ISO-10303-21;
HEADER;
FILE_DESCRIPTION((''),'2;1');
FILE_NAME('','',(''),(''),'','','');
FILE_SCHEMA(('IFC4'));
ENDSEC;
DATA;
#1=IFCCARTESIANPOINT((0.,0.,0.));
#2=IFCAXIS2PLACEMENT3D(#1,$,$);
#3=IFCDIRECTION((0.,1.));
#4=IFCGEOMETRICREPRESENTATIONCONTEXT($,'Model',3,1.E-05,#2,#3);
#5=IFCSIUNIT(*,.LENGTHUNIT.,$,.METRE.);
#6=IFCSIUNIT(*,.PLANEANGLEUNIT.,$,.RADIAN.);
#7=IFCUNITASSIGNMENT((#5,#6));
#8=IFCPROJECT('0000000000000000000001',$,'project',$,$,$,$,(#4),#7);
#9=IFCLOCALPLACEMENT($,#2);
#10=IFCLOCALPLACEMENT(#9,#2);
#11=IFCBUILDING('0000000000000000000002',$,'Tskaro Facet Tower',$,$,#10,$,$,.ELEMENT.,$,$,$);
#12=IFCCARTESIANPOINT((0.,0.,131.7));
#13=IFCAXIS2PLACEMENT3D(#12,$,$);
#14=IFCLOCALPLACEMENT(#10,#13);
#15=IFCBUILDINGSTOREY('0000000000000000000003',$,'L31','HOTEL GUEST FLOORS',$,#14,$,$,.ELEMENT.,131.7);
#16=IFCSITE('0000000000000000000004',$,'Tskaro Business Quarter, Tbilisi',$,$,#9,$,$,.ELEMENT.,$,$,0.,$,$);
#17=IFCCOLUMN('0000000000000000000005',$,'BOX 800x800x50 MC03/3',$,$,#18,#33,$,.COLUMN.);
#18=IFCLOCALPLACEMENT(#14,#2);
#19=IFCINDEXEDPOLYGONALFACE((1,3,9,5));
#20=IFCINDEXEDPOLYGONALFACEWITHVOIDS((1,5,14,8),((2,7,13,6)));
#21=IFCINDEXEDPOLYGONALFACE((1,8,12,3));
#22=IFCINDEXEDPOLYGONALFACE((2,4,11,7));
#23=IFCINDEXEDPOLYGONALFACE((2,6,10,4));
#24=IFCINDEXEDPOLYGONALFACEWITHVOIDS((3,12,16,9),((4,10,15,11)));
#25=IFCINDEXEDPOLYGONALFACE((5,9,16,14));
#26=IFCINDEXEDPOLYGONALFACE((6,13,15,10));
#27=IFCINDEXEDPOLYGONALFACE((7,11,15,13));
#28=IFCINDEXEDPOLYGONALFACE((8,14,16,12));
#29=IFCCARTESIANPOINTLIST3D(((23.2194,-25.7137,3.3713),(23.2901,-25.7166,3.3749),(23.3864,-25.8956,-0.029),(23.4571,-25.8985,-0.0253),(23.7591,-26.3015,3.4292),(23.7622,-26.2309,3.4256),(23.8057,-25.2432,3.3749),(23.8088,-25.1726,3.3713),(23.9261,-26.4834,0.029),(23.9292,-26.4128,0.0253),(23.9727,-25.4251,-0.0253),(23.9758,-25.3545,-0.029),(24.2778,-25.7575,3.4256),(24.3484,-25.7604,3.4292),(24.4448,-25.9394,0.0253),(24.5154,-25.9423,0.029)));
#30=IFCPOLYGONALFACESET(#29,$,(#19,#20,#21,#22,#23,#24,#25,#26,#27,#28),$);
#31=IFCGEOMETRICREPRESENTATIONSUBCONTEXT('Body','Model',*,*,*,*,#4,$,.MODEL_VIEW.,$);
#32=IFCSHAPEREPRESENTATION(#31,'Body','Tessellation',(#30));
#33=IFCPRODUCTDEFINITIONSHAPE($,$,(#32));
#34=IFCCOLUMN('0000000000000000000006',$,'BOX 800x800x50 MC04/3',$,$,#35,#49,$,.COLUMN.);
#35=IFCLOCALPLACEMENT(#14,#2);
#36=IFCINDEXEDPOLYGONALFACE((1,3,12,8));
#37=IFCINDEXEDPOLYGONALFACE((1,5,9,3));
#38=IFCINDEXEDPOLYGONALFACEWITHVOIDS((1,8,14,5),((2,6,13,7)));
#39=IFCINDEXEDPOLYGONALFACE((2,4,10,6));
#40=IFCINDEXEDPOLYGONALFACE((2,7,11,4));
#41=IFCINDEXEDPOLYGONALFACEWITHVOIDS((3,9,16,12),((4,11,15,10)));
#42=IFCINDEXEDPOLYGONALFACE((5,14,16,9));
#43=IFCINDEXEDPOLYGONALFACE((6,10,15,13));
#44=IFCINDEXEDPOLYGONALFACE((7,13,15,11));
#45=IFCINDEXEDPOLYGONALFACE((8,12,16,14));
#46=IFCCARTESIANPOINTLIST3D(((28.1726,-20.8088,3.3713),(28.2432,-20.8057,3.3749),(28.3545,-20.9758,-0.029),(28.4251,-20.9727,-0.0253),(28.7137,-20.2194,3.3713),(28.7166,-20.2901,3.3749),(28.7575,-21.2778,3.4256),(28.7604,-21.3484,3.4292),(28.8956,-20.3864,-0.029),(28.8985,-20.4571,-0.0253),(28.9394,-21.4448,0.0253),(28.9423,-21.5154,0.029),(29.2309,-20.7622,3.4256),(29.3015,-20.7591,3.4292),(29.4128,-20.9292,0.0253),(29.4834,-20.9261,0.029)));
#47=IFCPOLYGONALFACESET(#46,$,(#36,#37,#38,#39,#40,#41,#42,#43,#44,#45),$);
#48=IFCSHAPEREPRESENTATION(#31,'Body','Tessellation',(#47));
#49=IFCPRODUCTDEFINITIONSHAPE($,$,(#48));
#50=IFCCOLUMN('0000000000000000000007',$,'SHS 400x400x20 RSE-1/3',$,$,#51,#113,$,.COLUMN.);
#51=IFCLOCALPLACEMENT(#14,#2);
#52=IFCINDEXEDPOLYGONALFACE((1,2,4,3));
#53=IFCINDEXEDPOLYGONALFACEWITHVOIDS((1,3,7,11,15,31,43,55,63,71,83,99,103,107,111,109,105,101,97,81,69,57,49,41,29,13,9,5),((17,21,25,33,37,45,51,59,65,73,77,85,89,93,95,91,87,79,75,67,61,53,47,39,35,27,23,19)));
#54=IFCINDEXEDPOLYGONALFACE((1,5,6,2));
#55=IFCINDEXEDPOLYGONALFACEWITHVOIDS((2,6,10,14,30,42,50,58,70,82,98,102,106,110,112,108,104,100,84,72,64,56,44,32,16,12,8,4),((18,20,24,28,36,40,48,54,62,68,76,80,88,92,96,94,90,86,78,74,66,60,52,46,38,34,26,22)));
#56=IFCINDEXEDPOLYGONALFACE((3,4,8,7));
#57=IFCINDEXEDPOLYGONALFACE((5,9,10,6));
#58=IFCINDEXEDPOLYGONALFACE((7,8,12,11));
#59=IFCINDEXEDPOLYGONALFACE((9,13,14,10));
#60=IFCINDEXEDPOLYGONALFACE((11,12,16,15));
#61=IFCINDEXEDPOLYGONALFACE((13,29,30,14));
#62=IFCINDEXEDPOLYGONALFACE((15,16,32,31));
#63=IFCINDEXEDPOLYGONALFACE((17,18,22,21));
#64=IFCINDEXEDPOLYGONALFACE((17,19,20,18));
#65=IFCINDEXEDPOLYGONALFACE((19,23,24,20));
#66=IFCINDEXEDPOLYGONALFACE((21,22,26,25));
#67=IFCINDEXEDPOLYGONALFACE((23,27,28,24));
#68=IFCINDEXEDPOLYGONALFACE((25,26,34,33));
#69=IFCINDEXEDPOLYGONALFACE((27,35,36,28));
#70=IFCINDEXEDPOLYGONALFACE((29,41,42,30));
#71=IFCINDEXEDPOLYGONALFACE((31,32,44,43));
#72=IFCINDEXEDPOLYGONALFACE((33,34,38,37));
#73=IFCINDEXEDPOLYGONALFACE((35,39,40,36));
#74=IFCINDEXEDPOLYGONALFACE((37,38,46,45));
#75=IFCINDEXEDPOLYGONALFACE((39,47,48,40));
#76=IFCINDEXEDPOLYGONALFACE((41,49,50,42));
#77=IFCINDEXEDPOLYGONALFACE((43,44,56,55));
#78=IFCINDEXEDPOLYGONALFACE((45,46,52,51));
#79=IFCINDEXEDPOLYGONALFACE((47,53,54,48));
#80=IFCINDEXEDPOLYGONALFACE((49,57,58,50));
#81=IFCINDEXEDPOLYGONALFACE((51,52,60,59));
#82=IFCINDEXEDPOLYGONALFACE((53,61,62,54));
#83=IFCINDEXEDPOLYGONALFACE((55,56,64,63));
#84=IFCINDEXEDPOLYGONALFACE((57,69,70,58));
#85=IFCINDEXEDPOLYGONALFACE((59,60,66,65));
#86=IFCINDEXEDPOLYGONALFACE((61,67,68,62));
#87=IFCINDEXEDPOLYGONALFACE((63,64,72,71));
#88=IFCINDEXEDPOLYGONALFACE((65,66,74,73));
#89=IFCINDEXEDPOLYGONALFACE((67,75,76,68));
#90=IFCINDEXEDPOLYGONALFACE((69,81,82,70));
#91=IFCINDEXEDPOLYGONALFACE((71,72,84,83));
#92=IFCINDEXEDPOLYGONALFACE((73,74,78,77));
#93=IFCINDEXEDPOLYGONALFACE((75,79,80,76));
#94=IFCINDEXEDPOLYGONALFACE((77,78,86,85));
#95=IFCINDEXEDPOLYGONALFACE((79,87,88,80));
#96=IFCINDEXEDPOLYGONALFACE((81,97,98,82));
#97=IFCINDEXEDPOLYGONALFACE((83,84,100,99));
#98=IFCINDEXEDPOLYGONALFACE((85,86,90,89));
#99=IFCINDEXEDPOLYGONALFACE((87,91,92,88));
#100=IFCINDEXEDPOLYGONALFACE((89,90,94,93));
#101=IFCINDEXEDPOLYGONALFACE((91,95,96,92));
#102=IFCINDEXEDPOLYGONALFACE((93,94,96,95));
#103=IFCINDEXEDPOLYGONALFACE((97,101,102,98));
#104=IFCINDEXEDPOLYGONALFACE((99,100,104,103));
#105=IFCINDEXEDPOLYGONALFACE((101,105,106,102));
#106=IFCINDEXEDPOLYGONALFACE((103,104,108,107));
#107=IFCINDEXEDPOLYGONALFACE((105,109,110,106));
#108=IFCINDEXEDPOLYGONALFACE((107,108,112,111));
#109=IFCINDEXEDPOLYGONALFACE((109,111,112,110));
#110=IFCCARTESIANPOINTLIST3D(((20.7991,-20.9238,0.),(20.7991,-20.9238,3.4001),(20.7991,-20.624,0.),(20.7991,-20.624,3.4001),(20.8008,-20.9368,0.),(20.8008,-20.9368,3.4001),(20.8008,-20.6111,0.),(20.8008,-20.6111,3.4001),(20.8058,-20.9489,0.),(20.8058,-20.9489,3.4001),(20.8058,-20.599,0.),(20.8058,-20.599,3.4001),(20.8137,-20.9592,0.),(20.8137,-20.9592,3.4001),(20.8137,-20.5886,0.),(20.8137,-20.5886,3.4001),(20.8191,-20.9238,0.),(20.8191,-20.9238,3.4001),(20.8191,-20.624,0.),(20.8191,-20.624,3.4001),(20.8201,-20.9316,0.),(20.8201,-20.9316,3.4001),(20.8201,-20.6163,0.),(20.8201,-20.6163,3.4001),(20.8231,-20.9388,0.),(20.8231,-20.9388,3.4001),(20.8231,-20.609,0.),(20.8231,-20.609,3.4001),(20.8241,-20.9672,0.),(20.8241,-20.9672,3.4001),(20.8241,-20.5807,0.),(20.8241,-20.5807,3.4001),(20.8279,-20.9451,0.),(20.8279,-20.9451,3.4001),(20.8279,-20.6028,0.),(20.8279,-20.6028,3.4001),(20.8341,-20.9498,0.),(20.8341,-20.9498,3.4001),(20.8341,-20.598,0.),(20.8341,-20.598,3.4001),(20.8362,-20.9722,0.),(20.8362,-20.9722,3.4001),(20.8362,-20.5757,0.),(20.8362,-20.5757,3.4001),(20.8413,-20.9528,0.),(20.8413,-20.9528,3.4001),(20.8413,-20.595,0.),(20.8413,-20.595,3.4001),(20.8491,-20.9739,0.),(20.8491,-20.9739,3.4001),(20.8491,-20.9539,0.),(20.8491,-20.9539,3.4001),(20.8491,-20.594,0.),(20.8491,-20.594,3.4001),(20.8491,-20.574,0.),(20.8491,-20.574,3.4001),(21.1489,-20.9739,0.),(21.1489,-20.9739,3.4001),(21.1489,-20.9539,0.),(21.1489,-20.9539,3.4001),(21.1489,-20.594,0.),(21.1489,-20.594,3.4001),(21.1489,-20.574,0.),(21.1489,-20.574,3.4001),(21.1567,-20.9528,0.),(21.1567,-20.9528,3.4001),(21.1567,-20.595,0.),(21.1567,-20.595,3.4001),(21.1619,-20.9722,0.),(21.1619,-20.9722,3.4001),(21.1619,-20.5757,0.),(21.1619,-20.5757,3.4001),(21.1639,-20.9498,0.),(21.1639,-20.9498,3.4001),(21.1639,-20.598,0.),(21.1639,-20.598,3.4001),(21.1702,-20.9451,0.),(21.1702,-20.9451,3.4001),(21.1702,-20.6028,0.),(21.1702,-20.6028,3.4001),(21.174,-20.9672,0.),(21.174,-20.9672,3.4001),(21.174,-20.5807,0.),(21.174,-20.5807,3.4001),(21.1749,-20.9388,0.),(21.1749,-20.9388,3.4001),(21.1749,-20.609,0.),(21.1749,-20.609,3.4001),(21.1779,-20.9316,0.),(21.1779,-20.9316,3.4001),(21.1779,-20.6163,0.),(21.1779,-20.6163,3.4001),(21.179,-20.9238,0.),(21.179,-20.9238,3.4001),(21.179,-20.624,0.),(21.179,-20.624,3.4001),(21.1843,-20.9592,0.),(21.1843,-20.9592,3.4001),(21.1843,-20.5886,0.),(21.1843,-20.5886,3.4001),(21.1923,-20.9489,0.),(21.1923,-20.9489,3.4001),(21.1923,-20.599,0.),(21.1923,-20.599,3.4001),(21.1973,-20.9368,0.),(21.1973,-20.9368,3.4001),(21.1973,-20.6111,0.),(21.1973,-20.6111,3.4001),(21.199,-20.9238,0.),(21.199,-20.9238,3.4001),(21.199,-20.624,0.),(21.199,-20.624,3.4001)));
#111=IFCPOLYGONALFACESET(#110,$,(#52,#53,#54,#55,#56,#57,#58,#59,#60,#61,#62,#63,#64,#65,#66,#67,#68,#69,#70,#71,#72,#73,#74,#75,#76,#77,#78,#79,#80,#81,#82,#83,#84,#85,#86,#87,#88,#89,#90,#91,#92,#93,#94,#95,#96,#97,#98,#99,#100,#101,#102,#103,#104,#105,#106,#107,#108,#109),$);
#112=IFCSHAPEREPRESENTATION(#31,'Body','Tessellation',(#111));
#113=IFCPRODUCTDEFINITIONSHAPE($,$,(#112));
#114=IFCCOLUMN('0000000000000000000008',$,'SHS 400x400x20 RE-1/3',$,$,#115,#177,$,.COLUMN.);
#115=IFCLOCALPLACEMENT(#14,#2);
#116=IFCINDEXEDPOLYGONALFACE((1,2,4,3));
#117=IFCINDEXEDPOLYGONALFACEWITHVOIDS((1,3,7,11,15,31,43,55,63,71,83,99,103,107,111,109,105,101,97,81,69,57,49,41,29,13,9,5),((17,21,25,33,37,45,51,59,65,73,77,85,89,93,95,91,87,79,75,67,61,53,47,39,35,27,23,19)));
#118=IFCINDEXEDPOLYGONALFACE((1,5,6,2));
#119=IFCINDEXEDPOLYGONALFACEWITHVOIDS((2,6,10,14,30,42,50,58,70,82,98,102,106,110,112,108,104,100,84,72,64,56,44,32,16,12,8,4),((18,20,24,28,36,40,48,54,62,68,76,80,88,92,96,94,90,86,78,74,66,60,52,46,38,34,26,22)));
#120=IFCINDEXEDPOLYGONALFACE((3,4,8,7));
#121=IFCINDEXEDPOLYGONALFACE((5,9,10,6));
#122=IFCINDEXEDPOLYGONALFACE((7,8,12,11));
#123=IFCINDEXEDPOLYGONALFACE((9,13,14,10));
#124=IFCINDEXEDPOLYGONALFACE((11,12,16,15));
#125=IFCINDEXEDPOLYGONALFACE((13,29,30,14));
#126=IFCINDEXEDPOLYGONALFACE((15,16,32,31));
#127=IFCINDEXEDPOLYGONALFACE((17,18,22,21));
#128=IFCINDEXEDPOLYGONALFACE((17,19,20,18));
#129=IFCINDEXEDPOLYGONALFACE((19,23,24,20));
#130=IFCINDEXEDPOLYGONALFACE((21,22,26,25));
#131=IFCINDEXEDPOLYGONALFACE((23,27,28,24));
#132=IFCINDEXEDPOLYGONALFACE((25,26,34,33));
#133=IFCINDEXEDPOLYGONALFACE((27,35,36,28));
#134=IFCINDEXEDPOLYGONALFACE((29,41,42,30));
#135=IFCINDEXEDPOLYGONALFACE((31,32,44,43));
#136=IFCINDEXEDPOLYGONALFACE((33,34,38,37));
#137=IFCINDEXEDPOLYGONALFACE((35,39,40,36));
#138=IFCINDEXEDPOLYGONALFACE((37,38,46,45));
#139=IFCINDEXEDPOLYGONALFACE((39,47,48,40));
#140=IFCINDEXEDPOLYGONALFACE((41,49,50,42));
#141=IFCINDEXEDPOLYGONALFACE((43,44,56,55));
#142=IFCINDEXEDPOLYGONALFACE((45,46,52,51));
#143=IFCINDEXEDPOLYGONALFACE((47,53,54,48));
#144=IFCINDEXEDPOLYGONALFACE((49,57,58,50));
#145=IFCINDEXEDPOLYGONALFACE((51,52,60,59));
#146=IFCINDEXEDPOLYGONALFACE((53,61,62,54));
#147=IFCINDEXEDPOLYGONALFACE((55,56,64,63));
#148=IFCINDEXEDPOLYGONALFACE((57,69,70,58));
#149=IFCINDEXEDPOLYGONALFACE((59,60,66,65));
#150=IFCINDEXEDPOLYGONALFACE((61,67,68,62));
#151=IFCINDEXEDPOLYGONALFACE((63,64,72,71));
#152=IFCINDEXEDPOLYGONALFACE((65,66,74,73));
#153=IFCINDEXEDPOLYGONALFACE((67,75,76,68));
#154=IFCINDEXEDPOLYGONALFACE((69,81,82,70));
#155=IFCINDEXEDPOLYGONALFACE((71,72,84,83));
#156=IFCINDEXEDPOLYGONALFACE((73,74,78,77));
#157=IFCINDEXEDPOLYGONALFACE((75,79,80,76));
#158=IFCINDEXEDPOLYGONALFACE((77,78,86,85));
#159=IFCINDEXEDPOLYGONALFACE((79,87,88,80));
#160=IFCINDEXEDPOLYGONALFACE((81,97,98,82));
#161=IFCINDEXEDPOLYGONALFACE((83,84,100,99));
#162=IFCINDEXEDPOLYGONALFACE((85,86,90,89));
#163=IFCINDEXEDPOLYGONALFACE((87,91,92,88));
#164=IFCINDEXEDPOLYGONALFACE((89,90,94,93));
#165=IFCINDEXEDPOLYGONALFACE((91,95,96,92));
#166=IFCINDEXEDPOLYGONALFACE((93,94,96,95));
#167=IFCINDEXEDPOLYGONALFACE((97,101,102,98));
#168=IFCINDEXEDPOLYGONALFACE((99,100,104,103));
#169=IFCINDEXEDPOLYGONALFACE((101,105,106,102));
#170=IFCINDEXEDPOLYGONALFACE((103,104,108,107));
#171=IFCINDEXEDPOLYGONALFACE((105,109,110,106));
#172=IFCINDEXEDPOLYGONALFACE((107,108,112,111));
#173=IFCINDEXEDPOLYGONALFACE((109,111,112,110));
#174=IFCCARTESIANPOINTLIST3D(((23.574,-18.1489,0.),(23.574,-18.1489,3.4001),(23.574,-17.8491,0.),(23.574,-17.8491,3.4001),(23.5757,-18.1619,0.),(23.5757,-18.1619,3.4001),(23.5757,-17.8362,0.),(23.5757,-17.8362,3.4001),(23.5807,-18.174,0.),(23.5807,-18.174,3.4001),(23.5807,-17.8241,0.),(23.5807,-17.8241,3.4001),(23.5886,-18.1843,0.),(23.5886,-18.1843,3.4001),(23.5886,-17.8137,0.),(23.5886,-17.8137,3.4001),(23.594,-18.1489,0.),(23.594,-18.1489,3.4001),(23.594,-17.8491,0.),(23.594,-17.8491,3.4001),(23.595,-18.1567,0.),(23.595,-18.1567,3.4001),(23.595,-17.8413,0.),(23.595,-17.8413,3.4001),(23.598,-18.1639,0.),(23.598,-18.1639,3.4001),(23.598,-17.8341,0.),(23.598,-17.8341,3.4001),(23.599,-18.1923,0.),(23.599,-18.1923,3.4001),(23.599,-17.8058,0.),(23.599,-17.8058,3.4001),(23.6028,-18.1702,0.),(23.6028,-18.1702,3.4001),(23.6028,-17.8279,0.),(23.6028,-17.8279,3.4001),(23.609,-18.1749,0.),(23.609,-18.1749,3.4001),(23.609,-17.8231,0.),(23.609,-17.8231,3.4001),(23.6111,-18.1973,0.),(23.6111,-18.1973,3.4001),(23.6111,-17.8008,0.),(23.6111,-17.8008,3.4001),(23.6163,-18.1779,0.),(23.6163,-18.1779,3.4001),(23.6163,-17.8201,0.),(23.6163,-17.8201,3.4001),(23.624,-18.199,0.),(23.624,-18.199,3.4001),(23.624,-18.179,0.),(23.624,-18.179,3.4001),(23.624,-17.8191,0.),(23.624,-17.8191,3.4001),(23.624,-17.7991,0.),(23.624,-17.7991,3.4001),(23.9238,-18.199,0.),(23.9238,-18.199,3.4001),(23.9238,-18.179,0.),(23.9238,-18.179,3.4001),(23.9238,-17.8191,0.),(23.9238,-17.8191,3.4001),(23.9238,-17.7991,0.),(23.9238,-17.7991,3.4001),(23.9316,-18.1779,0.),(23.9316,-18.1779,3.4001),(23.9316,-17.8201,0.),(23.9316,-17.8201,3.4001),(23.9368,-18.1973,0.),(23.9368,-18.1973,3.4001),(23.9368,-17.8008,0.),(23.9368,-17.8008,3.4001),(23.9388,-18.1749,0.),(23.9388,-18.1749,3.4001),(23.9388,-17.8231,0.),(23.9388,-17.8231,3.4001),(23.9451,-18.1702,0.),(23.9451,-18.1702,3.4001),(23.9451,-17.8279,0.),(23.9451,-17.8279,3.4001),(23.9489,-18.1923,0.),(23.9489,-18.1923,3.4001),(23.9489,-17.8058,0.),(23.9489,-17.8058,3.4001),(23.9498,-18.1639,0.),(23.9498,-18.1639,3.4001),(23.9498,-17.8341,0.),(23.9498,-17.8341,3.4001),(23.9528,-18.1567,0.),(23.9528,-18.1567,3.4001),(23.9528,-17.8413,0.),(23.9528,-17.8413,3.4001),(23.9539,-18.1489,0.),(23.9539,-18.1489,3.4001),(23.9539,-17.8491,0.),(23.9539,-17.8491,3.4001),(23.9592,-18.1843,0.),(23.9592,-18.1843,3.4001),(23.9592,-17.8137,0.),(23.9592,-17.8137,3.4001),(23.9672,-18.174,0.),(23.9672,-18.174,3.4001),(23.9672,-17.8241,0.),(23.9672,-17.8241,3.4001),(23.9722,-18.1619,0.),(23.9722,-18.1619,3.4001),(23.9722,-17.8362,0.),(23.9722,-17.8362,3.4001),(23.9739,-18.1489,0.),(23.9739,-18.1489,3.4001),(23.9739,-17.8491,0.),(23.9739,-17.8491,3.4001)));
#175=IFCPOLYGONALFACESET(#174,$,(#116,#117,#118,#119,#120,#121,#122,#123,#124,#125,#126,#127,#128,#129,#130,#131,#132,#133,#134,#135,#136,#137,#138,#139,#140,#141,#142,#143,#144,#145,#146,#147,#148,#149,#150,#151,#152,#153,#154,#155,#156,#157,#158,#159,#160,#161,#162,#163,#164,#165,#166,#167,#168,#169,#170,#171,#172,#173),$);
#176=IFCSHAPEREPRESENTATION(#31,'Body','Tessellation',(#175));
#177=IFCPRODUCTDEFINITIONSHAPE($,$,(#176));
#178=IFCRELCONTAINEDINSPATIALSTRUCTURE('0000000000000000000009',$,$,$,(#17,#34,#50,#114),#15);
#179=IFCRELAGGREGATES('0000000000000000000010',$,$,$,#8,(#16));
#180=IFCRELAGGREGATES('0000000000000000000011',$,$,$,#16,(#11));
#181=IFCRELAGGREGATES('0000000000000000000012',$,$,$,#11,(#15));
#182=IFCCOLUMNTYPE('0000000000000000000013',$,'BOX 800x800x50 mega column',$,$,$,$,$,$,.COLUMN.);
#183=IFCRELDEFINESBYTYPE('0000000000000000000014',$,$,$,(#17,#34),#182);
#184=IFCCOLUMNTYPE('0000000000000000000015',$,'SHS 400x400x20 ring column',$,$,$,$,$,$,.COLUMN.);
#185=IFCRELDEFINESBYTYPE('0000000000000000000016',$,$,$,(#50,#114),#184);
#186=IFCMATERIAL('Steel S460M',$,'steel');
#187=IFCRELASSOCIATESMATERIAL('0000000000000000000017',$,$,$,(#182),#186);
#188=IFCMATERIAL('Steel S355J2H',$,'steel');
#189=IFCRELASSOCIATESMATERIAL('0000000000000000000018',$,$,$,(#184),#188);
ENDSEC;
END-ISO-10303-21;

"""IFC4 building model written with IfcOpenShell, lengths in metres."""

from ifc_helpers import new_model, si_unit, direction, frame, origin, origin_2d, place, context, subcontext, project, spatial, hollow_rectangle, extrude, material, material_profile, profile_set, type_object, element, save


model = new_model("IFC4")

# Units and contexts
model_context = context("Model", 3, precision=1e-05, world=origin(), true_north=direction((0.0, 1.0)))
body_context = subcontext(model_context, "Body", "Model", "MODEL_VIEW")
ifc_project = project(units=[si_unit("LENGTHUNIT", "METRE"), si_unit("PLANEANGLEUNIT", "RADIAN")], contexts=[model_context])

# Site, building, storey
site_placement = place(None, origin())
site = spatial("IfcSite", under=ifc_project, at=site_placement, Name="Tskaro Business Quarter, Tbilisi", CompositionType="ELEMENT", RefElevation=0.0)
building_placement = place(site_placement, origin())
building = spatial("IfcBuilding", under=site, at=building_placement, Name="Tskaro Facet Tower", CompositionType="ELEMENT")
storey_placement = place(building_placement, frame((0.0, 0.0, 131.7)))
storey = spatial("IfcBuildingStorey", under=building, at=storey_placement, Name="L31", Description="HOTEL GUEST FLOORS", CompositionType="ELEMENT", Elevation=131.7)

# Columns
ifc_material_1 = material(Name="Steel S460M", Category="steel")
ifc_material_profile_1 = material_profile(ifc_material_1, hollow_rectangle(XDim=0.8, YDim=0.8, WallThickness=0.05, at=origin_2d()), Name="BOX 800x800x50")
ifc_profile_set_1 = profile_set([ifc_material_profile_1], Name="Steel S460M")
column_type_1 = type_object("IfcColumnType", Name="BOX 800x800x50 mega column", PredefinedType="COLUMN", material=ifc_profile_set_1)
for number, where, z_axis, x_axis, name in (
    (1, (23.9509, -25.9189, 0.0), (-0.048984, 0.053353, 0.997374), (-0.73662, -0.676306, 0.0), "BOX 800x800x50 MC03/3"),
    (2, (28.9189, -20.9509, 0.0), (-0.053353, 0.048984, 0.997374), (-0.676306, -0.73662, 0.0), "BOX 800x800x50 MC04/3"),
):
    element("IfcColumn", number, at=place(storey_placement, frame(where, z_axis=z_axis, x_axis=x_axis)), inside=storey, type_object=column_type_1, Name=name, PredefinedType="COLUMN", context=body_context, shape_type="SweptSolid", body=[
        extrude(hollow_rectangle(XDim=0.8, YDim=0.8, WallThickness=0.05, at=origin_2d()), origin(), (0.0, 0.0, 1.0), 3.4092),
    ])
ifc_material_2 = material(Name="Steel S355J2H", Category="steel")
ifc_material_profile_2 = material_profile(ifc_material_2, hollow_rectangle(XDim=0.3999, YDim=0.3999, WallThickness=0.02, InnerFilletRadius=0.03, OuterFilletRadius=0.05, at=origin_2d()), Name="SHS 400x400x20")
ifc_profile_set_2 = profile_set([ifc_material_profile_2], Name="Steel S355J2H")
column_type_2 = type_object("IfcColumnType", Name="SHS 400x400x20 ring column", PredefinedType="COLUMN", material=ifc_profile_set_2)
for number, where, z_axis, x_axis, name in (
    (3, (20.999, -20.7739, 0.0), (0.0, 0.0, 1.0), (1.0, 0.0, 0.0), "SHS 400x400x20 RSE-1/3"),
    (4, (23.7739, -17.999, 0.0), (0.0, 0.0, 1.0), (1.0, 0.0, 0.0), "SHS 400x400x20 RE-1/3"),
):
    element("IfcColumn", number, at=place(storey_placement, frame(where, z_axis=z_axis, x_axis=x_axis)), inside=storey, type_object=column_type_2, Name=name, PredefinedType="COLUMN", context=body_context, shape_type="SweptSolid", body=[
        extrude(hollow_rectangle(XDim=0.3999, YDim=0.3999, WallThickness=0.02, InnerFilletRadius=0.03, OuterFilletRadius=0.05, at=origin_2d()), origin(), (0.0, 0.0, 1.0), 3.4001),
    ])

save(model, "model.ifc")
